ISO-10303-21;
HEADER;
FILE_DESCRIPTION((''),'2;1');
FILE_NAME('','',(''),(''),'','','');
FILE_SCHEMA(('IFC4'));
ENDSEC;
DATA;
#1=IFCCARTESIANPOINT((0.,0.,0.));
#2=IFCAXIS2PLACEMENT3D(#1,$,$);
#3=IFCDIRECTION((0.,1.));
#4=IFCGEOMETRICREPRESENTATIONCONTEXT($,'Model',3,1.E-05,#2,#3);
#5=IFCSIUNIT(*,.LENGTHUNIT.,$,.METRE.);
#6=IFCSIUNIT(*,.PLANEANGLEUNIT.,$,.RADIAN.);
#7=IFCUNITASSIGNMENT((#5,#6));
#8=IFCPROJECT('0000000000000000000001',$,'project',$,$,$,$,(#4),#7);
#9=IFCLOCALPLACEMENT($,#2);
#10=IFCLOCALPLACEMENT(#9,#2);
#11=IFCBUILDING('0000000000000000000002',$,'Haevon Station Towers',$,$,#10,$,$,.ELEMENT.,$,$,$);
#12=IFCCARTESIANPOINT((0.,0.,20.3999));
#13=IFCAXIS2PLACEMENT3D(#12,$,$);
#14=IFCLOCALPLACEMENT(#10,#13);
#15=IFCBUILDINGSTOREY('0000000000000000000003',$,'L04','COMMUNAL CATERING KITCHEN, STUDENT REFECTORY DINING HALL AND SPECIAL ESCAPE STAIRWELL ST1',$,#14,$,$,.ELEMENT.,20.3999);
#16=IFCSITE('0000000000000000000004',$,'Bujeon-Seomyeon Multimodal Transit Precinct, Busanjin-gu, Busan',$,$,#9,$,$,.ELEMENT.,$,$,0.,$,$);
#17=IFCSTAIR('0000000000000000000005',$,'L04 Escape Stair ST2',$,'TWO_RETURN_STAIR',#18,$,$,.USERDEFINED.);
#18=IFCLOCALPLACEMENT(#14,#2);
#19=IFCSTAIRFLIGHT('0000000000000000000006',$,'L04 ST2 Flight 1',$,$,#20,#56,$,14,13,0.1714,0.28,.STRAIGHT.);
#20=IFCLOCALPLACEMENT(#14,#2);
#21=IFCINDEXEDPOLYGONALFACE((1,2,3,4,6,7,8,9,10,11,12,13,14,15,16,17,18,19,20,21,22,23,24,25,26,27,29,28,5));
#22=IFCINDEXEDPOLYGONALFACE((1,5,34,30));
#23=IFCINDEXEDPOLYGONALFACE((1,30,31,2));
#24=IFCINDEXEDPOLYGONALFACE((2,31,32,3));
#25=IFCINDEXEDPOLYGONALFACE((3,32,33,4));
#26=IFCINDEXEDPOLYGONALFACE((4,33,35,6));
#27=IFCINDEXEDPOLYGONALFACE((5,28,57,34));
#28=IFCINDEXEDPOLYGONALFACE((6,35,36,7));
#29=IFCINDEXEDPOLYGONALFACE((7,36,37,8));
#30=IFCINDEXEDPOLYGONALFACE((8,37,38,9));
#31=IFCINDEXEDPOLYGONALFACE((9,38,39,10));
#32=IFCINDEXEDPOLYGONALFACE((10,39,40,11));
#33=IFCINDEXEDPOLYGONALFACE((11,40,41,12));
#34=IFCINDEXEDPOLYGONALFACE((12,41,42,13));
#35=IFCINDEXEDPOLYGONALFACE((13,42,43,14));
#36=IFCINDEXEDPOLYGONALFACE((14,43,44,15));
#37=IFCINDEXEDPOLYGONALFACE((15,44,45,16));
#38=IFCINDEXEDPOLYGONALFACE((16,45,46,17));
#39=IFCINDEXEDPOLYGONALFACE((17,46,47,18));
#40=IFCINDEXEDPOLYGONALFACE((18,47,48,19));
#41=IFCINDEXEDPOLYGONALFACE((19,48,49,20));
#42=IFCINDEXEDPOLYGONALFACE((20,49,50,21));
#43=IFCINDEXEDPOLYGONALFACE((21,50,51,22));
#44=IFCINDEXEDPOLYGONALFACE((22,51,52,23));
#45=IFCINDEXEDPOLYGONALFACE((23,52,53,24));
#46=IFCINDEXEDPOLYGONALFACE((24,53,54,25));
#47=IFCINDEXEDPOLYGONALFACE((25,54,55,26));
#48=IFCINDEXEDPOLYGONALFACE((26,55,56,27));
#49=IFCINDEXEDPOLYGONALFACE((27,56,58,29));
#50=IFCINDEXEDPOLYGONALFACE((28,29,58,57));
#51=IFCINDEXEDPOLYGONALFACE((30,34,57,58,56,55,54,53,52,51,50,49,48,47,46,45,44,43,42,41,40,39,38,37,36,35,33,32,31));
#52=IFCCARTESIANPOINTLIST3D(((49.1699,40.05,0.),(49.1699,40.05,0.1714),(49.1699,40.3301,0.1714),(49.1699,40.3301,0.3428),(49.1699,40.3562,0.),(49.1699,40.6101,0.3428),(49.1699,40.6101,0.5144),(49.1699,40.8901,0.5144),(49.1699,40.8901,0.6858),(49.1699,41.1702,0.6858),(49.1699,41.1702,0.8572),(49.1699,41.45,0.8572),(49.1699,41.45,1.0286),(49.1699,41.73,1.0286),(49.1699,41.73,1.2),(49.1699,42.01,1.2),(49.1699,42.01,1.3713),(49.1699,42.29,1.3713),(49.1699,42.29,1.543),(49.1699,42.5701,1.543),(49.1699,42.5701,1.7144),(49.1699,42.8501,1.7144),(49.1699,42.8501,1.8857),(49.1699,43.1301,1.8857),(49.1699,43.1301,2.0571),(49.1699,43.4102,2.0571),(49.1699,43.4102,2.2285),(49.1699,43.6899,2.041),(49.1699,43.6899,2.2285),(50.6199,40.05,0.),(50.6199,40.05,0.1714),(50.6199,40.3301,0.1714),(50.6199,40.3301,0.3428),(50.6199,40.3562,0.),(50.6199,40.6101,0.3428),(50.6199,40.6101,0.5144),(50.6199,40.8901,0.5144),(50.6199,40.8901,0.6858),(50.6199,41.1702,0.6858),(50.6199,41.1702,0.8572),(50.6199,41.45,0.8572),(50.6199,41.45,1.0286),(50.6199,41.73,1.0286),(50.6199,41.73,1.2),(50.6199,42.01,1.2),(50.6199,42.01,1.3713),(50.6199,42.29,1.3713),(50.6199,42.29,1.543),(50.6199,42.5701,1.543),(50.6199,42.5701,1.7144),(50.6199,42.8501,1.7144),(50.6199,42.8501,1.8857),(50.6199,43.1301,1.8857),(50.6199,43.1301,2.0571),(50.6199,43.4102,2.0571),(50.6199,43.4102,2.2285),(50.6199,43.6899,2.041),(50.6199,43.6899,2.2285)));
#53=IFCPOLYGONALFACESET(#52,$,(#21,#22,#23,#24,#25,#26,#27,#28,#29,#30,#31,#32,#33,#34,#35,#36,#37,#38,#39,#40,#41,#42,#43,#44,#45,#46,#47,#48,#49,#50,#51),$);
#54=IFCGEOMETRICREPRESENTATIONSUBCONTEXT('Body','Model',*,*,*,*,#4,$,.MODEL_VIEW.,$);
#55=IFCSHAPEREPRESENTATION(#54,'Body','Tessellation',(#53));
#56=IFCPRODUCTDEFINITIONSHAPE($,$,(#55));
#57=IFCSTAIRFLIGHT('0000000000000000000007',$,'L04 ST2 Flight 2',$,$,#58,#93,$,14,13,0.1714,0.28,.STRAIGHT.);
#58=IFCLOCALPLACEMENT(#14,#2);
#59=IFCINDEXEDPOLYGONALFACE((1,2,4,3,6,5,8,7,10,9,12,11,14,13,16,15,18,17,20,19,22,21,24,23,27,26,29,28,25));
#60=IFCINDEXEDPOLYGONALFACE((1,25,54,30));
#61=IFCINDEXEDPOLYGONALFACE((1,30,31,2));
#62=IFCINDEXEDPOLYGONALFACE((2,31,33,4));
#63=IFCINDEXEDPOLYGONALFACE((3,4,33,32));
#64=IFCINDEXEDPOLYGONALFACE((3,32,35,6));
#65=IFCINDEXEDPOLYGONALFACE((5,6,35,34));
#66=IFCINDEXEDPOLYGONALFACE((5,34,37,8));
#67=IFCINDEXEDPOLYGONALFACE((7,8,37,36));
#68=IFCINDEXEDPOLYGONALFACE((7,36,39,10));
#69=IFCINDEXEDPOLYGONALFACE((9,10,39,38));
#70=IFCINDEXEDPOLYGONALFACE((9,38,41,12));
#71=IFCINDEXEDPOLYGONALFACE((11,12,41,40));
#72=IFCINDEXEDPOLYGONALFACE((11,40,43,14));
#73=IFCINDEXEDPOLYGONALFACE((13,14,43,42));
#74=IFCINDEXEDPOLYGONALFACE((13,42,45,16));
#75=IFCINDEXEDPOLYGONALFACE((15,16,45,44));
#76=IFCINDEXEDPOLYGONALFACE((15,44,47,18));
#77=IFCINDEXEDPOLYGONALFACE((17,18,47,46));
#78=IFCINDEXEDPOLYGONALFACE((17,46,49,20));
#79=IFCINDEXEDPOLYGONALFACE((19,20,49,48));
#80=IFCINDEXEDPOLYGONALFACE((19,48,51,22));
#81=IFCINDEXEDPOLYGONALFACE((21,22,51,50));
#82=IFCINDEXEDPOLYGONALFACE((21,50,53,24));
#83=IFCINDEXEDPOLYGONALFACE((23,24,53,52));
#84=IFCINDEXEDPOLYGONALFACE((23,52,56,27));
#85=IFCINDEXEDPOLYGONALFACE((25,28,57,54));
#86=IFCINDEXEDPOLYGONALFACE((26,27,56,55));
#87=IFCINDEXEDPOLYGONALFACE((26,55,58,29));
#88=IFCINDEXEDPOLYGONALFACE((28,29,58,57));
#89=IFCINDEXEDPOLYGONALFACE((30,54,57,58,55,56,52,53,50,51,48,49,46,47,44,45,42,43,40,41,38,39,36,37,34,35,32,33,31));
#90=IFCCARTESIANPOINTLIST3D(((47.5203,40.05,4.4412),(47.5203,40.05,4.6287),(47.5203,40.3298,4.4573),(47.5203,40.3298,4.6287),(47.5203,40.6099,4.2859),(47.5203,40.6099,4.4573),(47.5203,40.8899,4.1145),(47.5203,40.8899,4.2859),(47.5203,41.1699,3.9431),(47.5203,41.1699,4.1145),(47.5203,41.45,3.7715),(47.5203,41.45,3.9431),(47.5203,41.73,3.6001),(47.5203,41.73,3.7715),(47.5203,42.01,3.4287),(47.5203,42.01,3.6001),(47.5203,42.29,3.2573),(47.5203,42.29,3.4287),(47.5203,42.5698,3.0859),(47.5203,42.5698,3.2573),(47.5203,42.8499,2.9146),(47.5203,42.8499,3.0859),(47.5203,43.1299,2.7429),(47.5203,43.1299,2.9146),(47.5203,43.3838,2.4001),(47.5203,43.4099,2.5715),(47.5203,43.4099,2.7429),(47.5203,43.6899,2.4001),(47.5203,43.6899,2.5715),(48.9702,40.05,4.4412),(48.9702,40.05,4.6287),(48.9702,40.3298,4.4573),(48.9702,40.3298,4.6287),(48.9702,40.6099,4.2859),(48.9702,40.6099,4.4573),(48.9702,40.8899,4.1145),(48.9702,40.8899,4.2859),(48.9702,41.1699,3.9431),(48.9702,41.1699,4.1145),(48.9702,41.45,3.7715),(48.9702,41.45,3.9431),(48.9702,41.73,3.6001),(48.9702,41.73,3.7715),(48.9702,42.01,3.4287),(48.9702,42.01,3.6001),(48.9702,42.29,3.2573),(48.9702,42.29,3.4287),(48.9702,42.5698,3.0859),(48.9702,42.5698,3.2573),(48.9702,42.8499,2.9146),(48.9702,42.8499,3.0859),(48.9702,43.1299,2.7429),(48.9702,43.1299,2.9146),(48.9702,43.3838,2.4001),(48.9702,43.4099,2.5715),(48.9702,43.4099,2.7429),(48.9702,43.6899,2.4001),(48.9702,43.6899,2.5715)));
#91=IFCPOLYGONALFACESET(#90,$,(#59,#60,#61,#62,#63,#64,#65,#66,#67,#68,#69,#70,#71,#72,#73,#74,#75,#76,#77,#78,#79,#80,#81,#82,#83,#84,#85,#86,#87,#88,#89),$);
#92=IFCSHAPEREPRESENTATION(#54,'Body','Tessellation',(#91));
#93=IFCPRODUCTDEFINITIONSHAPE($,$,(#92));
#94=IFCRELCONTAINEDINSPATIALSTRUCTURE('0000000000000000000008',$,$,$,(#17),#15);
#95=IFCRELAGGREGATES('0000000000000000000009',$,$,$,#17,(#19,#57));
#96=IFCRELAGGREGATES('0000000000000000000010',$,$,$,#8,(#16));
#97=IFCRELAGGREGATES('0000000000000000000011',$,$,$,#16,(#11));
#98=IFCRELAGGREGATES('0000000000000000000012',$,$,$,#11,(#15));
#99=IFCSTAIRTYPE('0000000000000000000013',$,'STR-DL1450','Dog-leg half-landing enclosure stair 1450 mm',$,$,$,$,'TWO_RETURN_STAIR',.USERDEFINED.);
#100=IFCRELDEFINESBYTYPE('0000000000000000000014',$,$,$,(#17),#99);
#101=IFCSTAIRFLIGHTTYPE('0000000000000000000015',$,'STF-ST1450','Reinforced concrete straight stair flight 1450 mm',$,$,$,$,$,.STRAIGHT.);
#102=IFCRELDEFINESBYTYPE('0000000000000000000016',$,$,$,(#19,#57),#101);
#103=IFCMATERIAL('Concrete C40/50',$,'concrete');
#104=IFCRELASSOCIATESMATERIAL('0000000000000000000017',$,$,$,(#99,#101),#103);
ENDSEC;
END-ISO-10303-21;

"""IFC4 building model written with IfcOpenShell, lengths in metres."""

from ifc_helpers import new_model, si_unit, direction, frame, origin, place, context, subcontext, project, spatial, polyline, outline, extrude, material, type_object, element, aggregate, save


model = new_model("IFC4")

# Units and contexts
model_context = context("Model", 3, precision=1e-05, world=origin(), true_north=direction((0.0, 1.0)))
body_context = subcontext(model_context, "Body", "Model", "MODEL_VIEW")
ifc_project = project(units=[si_unit("LENGTHUNIT", "METRE"), si_unit("PLANEANGLEUNIT", "RADIAN")], contexts=[model_context])

# Site, building, storey
site_placement = place(None, origin())
site = spatial("IfcSite", under=ifc_project, at=site_placement, Name="Bujeon-Seomyeon Multimodal Transit Precinct, Busanjin-gu, Busan", CompositionType="ELEMENT", RefElevation=0.0)
building_placement = place(site_placement, origin())
building = spatial("IfcBuilding", under=site, at=building_placement, Name="Haevon Station Towers", CompositionType="ELEMENT")
storey_placement = place(building_placement, frame((0.0, 0.0, 20.3999)))
storey = spatial("IfcBuildingStorey", under=building, at=storey_placement, Name="L04", Description="COMMUNAL CATERING KITCHEN, STUDENT REFECTORY DINING HALL AND SPECIAL ESCAPE STAIRWELL ST1", CompositionType="ELEMENT", Elevation=20.3999)

# Shared definitions
ifc_material_1 = material(Name="Concrete C40/50", Category="concrete")

# Stair, stair flights
stair_type = type_object("IfcStairType", Name="STR-DL1450", Description="Dog-leg half-landing enclosure stair 1450 mm", ElementType="TWO_RETURN_STAIR", PredefinedType="USERDEFINED", material=ifc_material_1)
stair_placement = place(storey_placement, origin())
stair = element("IfcStair", 1, at=stair_placement, inside=storey, type_object=stair_type, Name="L04 Escape Stair ST2", ObjectType="TWO_RETURN_STAIR", PredefinedType="USERDEFINED")
stair_flight_type = type_object("IfcStairFlightType", Name="STF-ST1450", Description="Reinforced concrete straight stair flight 1450 mm", PredefinedType="STRAIGHT", material=ifc_material_1)
stair_flight_1_placement = place(storey_placement, frame((49.895, 40.05, 0.0), z_axis=(0.0, 0.0, 1.0), x_axis=(0.0, 1.0, 0.0)))
stair_flight_1 = element("IfcStairFlight", 2, at=stair_flight_1_placement, type_object=stair_flight_type, Name="L04 ST2 Flight 1", NumberOfRisers=14, NumberOfTreads=13, PredefinedType="STRAIGHT", RiserHeight=0.1714, TreadLength=0.28, context=body_context, shape_type="SweptSolid", body=[
    extrude(outline(polyline([(0.0, 0.0), (0.0, 0.1714), (0.28, 0.1714), (0.28, 0.3428), (0.5601, 0.3428), (0.5601, 0.5144), (0.8401, 0.5144), (0.8401, 0.6858), (1.1201, 0.6858), (1.1201, 0.8572), (1.3999, 0.8572), (1.3999, 1.0286), (1.6799, 1.0286), (1.6799, 1.2), (1.96, 1.2), (1.96, 1.3713), (2.24, 1.3713), (2.24, 1.543), (2.52, 1.543), (2.52, 1.7144), (2.8, 1.7144), (2.8, 1.8857), (3.0801, 1.8857), (3.0801, 2.0571), (3.3601, 2.0571), (3.3601, 2.2285), (3.6399, 2.2285), (3.6399, 2.3999), (3.6399, 2.041), (0.3062, 0.0), (0.0, 0.0)])), frame((0.0, 0.7251, 0.0), z_axis=(0.0, -1.0, 0.0), x_axis=(1.0, 0.0, 0.0)), (0.0, 0.0, 1.0), 1.45),
])
stair_flight_2_placement = place(storey_placement, frame((48.2451, 43.6899, 2.4001), z_axis=(0.0, 0.0, 1.0), x_axis=(0.0, -1.0, 0.0)))
stair_flight_2 = element("IfcStairFlight", 3, at=stair_flight_2_placement, type_object=stair_flight_type, Name="L04 ST2 Flight 2", NumberOfRisers=14, NumberOfTreads=13, PredefinedType="STRAIGHT", RiserHeight=0.1714, TreadLength=0.28, context=body_context, shape_type="SweptSolid", body=[
    extrude(outline(polyline([(0.0, 0.0), (0.0, 0.1714), (0.28, 0.1714), (0.28, 0.3428), (0.5601, 0.3428), (0.5601, 0.5144), (0.8401, 0.5144), (0.8401, 0.6858), (1.1201, 0.6858), (1.1201, 0.8572), (1.3999, 0.8572), (1.3999, 1.0286), (1.6799, 1.0286), (1.6799, 1.2), (1.96, 1.2), (1.96, 1.3713), (2.24, 1.3713), (2.24, 1.543), (2.52, 1.543), (2.52, 1.7144), (2.8, 1.7144), (2.8, 1.8857), (3.0801, 1.8857), (3.0801, 2.0571), (3.3601, 2.0571), (3.3601, 2.2285), (3.6399, 2.2285), (3.6399, 2.3999), (3.6399, 2.041), (0.3062, 0.0), (0.0, 0.0)])), frame((0.0, 0.7251, 0.0), z_axis=(0.0, -1.0, 0.0), x_axis=(1.0, 0.0, 0.0)), (0.0, 0.0, 1.0), 1.45),
])
aggregate(stair, [stair_flight_1, stair_flight_2])

save(model, "model.ifc")
